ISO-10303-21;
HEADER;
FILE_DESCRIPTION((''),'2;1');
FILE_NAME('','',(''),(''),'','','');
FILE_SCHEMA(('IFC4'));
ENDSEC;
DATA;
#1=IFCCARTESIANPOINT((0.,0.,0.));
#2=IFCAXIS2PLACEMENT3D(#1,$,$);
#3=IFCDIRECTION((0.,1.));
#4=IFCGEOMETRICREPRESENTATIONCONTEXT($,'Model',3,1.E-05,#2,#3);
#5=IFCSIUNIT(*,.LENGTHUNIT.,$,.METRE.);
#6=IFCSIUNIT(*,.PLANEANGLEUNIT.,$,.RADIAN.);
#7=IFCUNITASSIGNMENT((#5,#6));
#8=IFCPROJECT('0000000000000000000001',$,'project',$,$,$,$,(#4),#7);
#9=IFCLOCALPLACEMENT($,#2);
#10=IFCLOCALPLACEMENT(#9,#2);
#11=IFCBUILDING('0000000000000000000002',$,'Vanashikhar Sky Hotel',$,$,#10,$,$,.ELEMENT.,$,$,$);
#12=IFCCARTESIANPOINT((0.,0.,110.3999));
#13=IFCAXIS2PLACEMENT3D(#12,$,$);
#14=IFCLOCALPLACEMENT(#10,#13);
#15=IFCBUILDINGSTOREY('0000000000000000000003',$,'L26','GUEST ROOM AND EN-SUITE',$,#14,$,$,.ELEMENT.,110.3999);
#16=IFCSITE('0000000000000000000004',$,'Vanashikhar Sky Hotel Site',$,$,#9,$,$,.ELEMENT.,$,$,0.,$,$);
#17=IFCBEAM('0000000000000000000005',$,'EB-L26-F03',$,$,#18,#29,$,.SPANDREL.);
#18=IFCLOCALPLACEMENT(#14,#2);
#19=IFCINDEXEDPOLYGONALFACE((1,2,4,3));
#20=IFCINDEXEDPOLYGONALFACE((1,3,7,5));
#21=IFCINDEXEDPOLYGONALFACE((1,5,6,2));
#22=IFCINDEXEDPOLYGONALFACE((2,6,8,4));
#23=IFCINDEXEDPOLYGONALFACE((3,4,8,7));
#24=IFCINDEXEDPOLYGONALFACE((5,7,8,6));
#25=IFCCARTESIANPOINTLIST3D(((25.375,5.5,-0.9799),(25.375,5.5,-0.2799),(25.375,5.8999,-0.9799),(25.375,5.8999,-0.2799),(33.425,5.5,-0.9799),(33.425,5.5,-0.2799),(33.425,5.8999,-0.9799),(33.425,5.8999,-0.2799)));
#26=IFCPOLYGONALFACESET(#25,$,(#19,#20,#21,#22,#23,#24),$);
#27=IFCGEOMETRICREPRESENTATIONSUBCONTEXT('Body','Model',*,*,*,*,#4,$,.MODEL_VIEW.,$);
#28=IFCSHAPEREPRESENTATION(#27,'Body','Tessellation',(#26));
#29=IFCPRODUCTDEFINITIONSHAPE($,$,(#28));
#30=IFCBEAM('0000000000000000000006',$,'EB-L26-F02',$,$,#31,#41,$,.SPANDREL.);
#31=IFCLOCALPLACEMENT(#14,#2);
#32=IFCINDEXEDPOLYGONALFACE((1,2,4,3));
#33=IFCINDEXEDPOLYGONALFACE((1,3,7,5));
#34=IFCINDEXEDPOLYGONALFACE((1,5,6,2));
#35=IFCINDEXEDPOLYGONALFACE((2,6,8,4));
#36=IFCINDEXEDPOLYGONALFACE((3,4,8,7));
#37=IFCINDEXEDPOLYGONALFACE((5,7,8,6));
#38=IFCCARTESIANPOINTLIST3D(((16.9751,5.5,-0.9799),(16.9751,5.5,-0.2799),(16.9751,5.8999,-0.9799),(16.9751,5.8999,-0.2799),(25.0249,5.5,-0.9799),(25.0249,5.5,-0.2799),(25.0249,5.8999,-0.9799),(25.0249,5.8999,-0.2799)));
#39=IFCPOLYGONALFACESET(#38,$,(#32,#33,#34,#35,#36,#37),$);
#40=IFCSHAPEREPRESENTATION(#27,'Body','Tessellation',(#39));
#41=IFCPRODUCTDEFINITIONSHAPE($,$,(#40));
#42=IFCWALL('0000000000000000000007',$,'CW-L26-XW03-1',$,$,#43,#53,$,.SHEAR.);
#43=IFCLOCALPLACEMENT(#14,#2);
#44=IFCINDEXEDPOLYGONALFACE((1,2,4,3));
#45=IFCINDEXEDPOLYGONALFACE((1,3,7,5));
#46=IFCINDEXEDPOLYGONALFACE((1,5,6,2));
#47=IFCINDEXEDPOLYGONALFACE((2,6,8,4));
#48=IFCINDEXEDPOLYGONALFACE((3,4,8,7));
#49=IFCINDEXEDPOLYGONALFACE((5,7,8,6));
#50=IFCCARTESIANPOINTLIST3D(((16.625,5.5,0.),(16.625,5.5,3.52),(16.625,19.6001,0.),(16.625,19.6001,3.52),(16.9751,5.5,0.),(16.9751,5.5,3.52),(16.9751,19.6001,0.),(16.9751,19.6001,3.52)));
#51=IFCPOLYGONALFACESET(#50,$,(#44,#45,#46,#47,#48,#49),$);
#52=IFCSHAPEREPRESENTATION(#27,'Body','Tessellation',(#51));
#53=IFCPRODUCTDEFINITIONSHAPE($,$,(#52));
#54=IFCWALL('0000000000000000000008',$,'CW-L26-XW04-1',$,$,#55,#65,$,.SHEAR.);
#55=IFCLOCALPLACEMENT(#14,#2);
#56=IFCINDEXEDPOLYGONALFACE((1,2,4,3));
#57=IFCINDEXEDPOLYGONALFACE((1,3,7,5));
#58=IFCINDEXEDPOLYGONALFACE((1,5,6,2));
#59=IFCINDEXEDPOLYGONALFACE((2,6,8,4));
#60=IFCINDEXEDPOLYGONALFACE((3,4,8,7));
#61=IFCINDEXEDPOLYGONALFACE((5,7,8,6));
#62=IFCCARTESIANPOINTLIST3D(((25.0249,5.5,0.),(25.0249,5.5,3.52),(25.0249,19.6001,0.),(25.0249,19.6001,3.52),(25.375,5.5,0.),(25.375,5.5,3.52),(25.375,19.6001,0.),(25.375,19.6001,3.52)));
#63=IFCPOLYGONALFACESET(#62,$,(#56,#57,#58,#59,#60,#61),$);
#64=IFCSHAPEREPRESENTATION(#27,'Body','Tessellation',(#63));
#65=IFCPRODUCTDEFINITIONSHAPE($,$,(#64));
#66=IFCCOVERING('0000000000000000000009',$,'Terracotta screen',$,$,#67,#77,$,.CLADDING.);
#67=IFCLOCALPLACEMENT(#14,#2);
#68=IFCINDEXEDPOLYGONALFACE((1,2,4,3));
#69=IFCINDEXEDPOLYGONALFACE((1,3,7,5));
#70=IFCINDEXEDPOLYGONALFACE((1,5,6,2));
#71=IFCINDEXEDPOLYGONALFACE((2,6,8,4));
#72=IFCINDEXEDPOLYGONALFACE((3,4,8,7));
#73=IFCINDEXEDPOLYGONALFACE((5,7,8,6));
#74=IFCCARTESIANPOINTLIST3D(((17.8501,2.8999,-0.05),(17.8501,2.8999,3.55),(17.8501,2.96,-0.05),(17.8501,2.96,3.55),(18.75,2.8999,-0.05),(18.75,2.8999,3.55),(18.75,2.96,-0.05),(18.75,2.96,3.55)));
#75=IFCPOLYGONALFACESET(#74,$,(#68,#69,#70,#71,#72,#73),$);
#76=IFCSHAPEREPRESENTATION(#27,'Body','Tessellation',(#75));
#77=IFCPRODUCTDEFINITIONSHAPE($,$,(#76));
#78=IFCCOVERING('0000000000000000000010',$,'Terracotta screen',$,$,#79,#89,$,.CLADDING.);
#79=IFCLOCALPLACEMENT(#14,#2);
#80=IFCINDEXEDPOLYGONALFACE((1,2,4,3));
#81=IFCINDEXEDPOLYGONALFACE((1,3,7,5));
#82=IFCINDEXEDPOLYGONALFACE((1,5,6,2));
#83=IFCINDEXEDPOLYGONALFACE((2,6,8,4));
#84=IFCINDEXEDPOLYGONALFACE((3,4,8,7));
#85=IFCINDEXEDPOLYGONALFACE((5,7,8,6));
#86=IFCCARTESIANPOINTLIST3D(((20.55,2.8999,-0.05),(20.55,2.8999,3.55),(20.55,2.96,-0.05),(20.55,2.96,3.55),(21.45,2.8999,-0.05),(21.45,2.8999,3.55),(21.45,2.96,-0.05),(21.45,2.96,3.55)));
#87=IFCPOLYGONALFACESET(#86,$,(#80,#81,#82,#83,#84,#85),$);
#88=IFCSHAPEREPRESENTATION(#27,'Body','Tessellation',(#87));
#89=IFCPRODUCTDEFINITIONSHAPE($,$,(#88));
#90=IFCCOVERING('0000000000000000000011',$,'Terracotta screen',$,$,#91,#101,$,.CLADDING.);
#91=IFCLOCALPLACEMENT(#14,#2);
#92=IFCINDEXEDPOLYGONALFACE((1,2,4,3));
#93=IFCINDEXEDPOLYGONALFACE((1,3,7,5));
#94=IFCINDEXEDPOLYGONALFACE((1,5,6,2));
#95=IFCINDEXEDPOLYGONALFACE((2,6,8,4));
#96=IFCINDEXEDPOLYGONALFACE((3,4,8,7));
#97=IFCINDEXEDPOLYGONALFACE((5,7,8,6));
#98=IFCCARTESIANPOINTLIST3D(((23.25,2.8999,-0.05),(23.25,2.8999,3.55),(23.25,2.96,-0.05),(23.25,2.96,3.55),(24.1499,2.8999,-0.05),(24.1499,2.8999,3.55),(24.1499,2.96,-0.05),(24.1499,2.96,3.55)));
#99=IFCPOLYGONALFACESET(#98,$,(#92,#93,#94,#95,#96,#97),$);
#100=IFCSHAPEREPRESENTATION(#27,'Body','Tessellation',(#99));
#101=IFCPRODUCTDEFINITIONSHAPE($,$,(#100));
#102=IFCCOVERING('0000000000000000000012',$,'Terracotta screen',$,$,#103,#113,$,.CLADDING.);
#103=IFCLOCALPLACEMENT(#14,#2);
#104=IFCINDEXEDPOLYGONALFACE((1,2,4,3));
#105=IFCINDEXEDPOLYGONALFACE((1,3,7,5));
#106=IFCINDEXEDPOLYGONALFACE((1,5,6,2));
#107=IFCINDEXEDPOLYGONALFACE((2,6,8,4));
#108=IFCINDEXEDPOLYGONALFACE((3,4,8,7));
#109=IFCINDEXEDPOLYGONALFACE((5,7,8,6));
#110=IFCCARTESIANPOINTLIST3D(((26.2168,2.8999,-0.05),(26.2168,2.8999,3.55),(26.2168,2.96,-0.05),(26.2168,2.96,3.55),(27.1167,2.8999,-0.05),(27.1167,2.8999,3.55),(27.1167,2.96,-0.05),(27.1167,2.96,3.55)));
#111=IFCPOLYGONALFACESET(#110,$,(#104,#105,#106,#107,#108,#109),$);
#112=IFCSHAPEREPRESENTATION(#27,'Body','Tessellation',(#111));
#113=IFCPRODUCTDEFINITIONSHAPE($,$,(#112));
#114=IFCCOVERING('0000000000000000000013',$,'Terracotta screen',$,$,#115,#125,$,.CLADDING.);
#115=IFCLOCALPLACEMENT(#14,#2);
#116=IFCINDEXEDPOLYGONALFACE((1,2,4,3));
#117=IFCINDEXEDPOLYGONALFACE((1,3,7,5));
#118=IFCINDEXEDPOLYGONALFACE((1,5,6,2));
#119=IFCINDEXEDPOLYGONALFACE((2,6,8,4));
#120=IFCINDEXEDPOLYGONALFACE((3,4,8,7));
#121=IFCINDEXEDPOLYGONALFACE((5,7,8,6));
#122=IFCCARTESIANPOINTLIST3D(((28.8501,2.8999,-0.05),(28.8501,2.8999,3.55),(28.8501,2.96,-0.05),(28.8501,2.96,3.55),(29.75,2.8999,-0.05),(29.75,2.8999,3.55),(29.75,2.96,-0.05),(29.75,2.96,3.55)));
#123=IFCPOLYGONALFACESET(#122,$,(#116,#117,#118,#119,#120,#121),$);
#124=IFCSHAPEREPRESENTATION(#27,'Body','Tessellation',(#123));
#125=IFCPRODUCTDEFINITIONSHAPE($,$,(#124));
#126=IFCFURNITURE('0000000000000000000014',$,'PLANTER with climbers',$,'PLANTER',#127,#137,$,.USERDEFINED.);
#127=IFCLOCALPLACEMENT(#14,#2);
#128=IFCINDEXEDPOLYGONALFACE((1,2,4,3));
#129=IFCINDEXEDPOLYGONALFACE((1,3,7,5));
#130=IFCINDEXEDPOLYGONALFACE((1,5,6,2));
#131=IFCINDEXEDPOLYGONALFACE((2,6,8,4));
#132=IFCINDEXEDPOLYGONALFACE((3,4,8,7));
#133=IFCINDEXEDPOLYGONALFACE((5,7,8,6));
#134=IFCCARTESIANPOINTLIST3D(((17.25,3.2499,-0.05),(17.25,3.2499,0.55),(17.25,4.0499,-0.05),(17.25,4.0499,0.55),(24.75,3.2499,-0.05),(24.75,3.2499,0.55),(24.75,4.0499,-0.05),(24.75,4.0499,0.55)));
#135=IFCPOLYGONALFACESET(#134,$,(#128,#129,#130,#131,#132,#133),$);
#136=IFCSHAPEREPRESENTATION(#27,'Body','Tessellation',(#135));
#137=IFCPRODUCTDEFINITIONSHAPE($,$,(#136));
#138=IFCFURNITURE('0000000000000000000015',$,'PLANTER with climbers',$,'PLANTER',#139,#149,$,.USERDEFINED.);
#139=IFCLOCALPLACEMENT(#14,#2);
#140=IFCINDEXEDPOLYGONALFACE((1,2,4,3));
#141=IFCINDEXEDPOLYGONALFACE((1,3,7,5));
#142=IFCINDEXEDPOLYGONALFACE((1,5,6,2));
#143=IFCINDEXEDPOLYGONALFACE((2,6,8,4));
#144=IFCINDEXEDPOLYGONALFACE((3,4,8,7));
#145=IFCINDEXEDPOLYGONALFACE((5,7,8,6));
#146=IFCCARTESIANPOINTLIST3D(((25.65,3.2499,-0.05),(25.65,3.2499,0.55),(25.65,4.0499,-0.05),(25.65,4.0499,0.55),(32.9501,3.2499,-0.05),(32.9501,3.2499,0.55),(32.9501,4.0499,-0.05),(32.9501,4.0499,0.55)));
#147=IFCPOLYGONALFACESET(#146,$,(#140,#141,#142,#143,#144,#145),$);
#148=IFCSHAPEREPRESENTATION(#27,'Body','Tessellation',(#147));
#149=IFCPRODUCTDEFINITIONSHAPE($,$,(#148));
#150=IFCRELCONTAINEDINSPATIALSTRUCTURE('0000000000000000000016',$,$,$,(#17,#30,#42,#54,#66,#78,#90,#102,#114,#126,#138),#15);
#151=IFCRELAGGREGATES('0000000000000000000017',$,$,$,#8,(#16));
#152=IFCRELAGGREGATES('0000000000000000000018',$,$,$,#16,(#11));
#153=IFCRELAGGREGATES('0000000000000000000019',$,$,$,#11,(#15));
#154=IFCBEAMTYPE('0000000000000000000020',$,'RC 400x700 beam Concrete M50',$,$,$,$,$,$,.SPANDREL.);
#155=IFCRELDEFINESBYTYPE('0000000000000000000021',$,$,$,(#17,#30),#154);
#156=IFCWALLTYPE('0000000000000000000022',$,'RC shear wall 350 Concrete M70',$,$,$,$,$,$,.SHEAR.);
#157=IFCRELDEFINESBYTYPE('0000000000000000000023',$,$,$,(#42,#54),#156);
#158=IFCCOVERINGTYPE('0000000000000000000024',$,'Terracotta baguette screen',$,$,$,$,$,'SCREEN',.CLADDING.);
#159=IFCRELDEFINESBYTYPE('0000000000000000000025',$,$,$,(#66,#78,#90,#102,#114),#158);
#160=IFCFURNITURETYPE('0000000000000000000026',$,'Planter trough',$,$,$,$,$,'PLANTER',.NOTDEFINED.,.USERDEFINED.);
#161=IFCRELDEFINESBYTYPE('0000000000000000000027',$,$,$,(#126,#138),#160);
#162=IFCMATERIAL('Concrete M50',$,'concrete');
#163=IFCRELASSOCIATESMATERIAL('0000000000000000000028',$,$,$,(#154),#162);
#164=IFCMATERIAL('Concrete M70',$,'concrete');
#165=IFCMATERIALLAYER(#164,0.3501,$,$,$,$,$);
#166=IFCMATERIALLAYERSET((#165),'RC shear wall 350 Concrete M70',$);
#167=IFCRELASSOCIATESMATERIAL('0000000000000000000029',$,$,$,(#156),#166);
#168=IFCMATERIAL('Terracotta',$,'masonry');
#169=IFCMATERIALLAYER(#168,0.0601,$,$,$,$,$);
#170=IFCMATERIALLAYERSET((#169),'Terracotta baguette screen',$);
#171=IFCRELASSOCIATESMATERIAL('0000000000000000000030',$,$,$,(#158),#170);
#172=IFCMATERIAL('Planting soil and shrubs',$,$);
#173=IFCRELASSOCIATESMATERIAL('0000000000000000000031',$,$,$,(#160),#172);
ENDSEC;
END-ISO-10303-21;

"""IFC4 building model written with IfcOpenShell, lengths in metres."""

from ifc_helpers import new_model, si_unit, direction, frame, frame_2d, origin, origin_2d, place, context, subcontext, project, spatial, rectangle, extrude, source, transform, mapped, material, layer, layer_set, material_profile, profile_set, type_object, element, save


model = new_model("IFC4")

# Units and contexts
model_context = context("Model", 3, precision=1e-05, world=origin(), true_north=direction((0.0, 1.0)))
body_context = subcontext(model_context, "Body", "Model", "MODEL_VIEW")
ifc_project = project(units=[si_unit("LENGTHUNIT", "METRE"), si_unit("PLANEANGLEUNIT", "RADIAN")], contexts=[model_context])

# Site, building, storey
site_placement = place(None, origin())
site = spatial("IfcSite", under=ifc_project, at=site_placement, Name="Vanashikhar Sky Hotel Site", CompositionType="ELEMENT", RefElevation=0.0)
building_placement = place(site_placement, origin())
building = spatial("IfcBuilding", under=site, at=building_placement, Name="Vanashikhar Sky Hotel", CompositionType="ELEMENT")
storey_placement = place(building_placement, frame((0.0, 0.0, 110.3999)))
storey = spatial("IfcBuildingStorey", under=building, at=storey_placement, Name="L26", Description="GUEST ROOM AND EN-SUITE", CompositionType="ELEMENT", Elevation=110.3999)

# Beams
ifc_material_1 = material(Name="Concrete M50", Category="concrete")
ifc_material_profile = material_profile(ifc_material_1, rectangle(XDim=0.3999, YDim=0.7, at=origin_2d()))
ifc_profile_set = profile_set([ifc_material_profile], Name="RC 400x700 beam Concrete M50")
beam_type = type_object("IfcBeamType", Name="RC 400x700 beam Concrete M50", PredefinedType="SPANDREL", material=ifc_profile_set)
shared_shape_1 = source(origin(), body_context, "Body", "SweptSolid", [
    extrude(rectangle(XDim=0.3999, YDim=0.7, at=origin_2d()), origin(), (0.0, 0.0, 1.0), 8.05),
])
beam_1_placement = place(storey_placement, frame((25.375, 5.7, -0.6299), z_axis=(1.0, 0.0, 0.0), x_axis=(0.0, 1.0, 0.0)))
element("IfcBeam", 1, at=beam_1_placement, inside=storey, type_object=beam_type, Name="EB-L26-F03", PredefinedType="SPANDREL", context=body_context, shape_type="MappedRepresentation", body=[
    mapped(shared_shape_1, transform((0.0, 0.0, 0.0), scale=1.0)),
])
shared_shape_2 = source(origin(), body_context, "Body", "SweptSolid", [
    extrude(rectangle(XDim=0.3999, YDim=0.7, at=origin_2d()), origin(), (0.0, 0.0, 1.0), 8.0498),
])
beam_2_placement = place(storey_placement, frame((16.9751, 5.7, -0.6299), z_axis=(1.0, 0.0, 0.0), x_axis=(0.0, 1.0, 0.0)))
element("IfcBeam", 2, at=beam_2_placement, inside=storey, type_object=beam_type, Name="EB-L26-F02", PredefinedType="SPANDREL", context=body_context, shape_type="MappedRepresentation", body=[
    mapped(shared_shape_2, transform((0.0, 0.0, 0.0), scale=1.0)),
])

# Walls
ifc_material_2 = material(Name="Concrete M70", Category="concrete")
ifc_layer_1 = layer(ifc_material_2, 0.3501)
ifc_layer_set_1 = layer_set([ifc_layer_1], Name="RC shear wall 350 Concrete M70")
wall_type_1 = type_object("IfcWallType", Name="RC shear wall 350 Concrete M70", PredefinedType="SHEAR", material=ifc_layer_set_1)
shared_shape_3 = source(origin(), body_context, "Body", "SweptSolid", [
    extrude(rectangle(XDim=14.1001, YDim=0.3501, at=frame_2d((7.05, 0.0))), origin(), (0.0, 0.0, 1.0), 3.52),
])
for number, where, z_axis, x_axis, name in (
    (3, (16.8, 5.5, 0.0), (0.0, 0.0, 1.0), (0.0, 1.0, 0.0), "CW-L26-XW03-1"),
    (4, (25.2, 5.5, 0.0), (0.0, 0.0, 1.0), (0.0, 1.0, 0.0), "CW-L26-XW04-1"),
):
    element("IfcWall", number, at=place(storey_placement, frame(where, z_axis=z_axis, x_axis=x_axis)), inside=storey, type_object=wall_type_1, Name=name, PredefinedType="SHEAR", context=body_context, shape_type="MappedRepresentation", body=[
        mapped(shared_shape_3, transform((0.0, 0.0, 0.0), scale=1.0)),
    ])

# Coverings
ifc_material_3 = material(Name="Terracotta", Category="masonry")
ifc_layer_2 = layer(ifc_material_3, 0.0601)
ifc_layer_set_2 = layer_set([ifc_layer_2], Name="Terracotta baguette screen")
covering_type = type_object("IfcCoveringType", Name="Terracotta baguette screen", ElementType="SCREEN", PredefinedType="CLADDING", material=ifc_layer_set_2)
shared_shape_4 = source(origin(), body_context, "Body", "SweptSolid", [
    extrude(rectangle(XDim=0.8999, YDim=0.0601, at=origin_2d()), origin(), (0.0, 0.0, 1.0), 3.6001),
])
for number, where, z_axis, x_axis, name in (
    (5, (18.3, 2.9299, -0.05), (0.0, 0.0, 1.0), (1.0, 0.0, 0.0), "Terracotta screen"),
    (6, (21.0, 2.9299, -0.05), (0.0, 0.0, 1.0), (1.0, 0.0, 0.0), "Terracotta screen"),
    (7, (23.7, 2.9299, -0.05), (0.0, 0.0, 1.0), (1.0, 0.0, 0.0), "Terracotta screen"),
    (8, (26.6667, 2.9299, -0.05), (0.0, 0.0, 1.0), (1.0, 0.0, 0.0), "Terracotta screen"),
    (9, (29.3, 2.9299, -0.05), (0.0, 0.0, 1.0), (1.0, 0.0, 0.0), "Terracotta screen"),
):
    element("IfcCovering", number, at=place(storey_placement, frame(where, z_axis=z_axis, x_axis=x_axis)), inside=storey, type_object=covering_type, Name=name, PredefinedType="CLADDING", context=body_context, shape_type="MappedRepresentation", body=[
        mapped(shared_shape_4, transform((0.0, 0.0, 0.0), scale=1.0)),
    ])

# Furniture
ifc_material_4 = material(Name="Planting soil and shrubs")
furniture_type = type_object("IfcFurnitureType", Name="Planter trough", ElementType="PLANTER", AssemblyPlace="NOTDEFINED", PredefinedType="USERDEFINED", material=ifc_material_4)
shared_shape_5 = source(origin(), body_context, "Body", "SweptSolid", [
    extrude(rectangle(XDim=7.5, YDim=0.8, at=origin_2d()), origin(), (0.0, 0.0, 1.0), 0.6001),
])
furniture_1_placement = place(storey_placement, frame((21.0, 3.6499, -0.05), z_axis=(0.0, 0.0, 1.0), x_axis=(1.0, 0.0, 0.0)))
element("IfcFurniture", 10, at=furniture_1_placement, inside=storey, type_object=furniture_type, Name="PLANTER with climbers", ObjectType="PLANTER", PredefinedType="USERDEFINED", context=body_context, shape_type="MappedRepresentation", body=[
    mapped(shared_shape_5, transform((0.0, 0.0, 0.0), scale=1.0)),
])
shared_shape_6 = source(origin(), body_context, "Body", "SweptSolid", [
    extrude(rectangle(XDim=7.3, YDim=0.8, at=origin_2d()), origin(), (0.0, 0.0, 1.0), 0.6001),
])
furniture_2_placement = place(storey_placement, frame((29.3, 3.6499, -0.05), z_axis=(0.0, 0.0, 1.0), x_axis=(1.0, 0.0, 0.0)))
element("IfcFurniture", 11, at=furniture_2_placement, inside=storey, type_object=furniture_type, Name="PLANTER with climbers", ObjectType="PLANTER", PredefinedType="USERDEFINED", context=body_context, shape_type="MappedRepresentation", body=[
    mapped(shared_shape_6, transform((0.0, 0.0, 0.0), scale=1.0)),
])

save(model, "model.ifc")
